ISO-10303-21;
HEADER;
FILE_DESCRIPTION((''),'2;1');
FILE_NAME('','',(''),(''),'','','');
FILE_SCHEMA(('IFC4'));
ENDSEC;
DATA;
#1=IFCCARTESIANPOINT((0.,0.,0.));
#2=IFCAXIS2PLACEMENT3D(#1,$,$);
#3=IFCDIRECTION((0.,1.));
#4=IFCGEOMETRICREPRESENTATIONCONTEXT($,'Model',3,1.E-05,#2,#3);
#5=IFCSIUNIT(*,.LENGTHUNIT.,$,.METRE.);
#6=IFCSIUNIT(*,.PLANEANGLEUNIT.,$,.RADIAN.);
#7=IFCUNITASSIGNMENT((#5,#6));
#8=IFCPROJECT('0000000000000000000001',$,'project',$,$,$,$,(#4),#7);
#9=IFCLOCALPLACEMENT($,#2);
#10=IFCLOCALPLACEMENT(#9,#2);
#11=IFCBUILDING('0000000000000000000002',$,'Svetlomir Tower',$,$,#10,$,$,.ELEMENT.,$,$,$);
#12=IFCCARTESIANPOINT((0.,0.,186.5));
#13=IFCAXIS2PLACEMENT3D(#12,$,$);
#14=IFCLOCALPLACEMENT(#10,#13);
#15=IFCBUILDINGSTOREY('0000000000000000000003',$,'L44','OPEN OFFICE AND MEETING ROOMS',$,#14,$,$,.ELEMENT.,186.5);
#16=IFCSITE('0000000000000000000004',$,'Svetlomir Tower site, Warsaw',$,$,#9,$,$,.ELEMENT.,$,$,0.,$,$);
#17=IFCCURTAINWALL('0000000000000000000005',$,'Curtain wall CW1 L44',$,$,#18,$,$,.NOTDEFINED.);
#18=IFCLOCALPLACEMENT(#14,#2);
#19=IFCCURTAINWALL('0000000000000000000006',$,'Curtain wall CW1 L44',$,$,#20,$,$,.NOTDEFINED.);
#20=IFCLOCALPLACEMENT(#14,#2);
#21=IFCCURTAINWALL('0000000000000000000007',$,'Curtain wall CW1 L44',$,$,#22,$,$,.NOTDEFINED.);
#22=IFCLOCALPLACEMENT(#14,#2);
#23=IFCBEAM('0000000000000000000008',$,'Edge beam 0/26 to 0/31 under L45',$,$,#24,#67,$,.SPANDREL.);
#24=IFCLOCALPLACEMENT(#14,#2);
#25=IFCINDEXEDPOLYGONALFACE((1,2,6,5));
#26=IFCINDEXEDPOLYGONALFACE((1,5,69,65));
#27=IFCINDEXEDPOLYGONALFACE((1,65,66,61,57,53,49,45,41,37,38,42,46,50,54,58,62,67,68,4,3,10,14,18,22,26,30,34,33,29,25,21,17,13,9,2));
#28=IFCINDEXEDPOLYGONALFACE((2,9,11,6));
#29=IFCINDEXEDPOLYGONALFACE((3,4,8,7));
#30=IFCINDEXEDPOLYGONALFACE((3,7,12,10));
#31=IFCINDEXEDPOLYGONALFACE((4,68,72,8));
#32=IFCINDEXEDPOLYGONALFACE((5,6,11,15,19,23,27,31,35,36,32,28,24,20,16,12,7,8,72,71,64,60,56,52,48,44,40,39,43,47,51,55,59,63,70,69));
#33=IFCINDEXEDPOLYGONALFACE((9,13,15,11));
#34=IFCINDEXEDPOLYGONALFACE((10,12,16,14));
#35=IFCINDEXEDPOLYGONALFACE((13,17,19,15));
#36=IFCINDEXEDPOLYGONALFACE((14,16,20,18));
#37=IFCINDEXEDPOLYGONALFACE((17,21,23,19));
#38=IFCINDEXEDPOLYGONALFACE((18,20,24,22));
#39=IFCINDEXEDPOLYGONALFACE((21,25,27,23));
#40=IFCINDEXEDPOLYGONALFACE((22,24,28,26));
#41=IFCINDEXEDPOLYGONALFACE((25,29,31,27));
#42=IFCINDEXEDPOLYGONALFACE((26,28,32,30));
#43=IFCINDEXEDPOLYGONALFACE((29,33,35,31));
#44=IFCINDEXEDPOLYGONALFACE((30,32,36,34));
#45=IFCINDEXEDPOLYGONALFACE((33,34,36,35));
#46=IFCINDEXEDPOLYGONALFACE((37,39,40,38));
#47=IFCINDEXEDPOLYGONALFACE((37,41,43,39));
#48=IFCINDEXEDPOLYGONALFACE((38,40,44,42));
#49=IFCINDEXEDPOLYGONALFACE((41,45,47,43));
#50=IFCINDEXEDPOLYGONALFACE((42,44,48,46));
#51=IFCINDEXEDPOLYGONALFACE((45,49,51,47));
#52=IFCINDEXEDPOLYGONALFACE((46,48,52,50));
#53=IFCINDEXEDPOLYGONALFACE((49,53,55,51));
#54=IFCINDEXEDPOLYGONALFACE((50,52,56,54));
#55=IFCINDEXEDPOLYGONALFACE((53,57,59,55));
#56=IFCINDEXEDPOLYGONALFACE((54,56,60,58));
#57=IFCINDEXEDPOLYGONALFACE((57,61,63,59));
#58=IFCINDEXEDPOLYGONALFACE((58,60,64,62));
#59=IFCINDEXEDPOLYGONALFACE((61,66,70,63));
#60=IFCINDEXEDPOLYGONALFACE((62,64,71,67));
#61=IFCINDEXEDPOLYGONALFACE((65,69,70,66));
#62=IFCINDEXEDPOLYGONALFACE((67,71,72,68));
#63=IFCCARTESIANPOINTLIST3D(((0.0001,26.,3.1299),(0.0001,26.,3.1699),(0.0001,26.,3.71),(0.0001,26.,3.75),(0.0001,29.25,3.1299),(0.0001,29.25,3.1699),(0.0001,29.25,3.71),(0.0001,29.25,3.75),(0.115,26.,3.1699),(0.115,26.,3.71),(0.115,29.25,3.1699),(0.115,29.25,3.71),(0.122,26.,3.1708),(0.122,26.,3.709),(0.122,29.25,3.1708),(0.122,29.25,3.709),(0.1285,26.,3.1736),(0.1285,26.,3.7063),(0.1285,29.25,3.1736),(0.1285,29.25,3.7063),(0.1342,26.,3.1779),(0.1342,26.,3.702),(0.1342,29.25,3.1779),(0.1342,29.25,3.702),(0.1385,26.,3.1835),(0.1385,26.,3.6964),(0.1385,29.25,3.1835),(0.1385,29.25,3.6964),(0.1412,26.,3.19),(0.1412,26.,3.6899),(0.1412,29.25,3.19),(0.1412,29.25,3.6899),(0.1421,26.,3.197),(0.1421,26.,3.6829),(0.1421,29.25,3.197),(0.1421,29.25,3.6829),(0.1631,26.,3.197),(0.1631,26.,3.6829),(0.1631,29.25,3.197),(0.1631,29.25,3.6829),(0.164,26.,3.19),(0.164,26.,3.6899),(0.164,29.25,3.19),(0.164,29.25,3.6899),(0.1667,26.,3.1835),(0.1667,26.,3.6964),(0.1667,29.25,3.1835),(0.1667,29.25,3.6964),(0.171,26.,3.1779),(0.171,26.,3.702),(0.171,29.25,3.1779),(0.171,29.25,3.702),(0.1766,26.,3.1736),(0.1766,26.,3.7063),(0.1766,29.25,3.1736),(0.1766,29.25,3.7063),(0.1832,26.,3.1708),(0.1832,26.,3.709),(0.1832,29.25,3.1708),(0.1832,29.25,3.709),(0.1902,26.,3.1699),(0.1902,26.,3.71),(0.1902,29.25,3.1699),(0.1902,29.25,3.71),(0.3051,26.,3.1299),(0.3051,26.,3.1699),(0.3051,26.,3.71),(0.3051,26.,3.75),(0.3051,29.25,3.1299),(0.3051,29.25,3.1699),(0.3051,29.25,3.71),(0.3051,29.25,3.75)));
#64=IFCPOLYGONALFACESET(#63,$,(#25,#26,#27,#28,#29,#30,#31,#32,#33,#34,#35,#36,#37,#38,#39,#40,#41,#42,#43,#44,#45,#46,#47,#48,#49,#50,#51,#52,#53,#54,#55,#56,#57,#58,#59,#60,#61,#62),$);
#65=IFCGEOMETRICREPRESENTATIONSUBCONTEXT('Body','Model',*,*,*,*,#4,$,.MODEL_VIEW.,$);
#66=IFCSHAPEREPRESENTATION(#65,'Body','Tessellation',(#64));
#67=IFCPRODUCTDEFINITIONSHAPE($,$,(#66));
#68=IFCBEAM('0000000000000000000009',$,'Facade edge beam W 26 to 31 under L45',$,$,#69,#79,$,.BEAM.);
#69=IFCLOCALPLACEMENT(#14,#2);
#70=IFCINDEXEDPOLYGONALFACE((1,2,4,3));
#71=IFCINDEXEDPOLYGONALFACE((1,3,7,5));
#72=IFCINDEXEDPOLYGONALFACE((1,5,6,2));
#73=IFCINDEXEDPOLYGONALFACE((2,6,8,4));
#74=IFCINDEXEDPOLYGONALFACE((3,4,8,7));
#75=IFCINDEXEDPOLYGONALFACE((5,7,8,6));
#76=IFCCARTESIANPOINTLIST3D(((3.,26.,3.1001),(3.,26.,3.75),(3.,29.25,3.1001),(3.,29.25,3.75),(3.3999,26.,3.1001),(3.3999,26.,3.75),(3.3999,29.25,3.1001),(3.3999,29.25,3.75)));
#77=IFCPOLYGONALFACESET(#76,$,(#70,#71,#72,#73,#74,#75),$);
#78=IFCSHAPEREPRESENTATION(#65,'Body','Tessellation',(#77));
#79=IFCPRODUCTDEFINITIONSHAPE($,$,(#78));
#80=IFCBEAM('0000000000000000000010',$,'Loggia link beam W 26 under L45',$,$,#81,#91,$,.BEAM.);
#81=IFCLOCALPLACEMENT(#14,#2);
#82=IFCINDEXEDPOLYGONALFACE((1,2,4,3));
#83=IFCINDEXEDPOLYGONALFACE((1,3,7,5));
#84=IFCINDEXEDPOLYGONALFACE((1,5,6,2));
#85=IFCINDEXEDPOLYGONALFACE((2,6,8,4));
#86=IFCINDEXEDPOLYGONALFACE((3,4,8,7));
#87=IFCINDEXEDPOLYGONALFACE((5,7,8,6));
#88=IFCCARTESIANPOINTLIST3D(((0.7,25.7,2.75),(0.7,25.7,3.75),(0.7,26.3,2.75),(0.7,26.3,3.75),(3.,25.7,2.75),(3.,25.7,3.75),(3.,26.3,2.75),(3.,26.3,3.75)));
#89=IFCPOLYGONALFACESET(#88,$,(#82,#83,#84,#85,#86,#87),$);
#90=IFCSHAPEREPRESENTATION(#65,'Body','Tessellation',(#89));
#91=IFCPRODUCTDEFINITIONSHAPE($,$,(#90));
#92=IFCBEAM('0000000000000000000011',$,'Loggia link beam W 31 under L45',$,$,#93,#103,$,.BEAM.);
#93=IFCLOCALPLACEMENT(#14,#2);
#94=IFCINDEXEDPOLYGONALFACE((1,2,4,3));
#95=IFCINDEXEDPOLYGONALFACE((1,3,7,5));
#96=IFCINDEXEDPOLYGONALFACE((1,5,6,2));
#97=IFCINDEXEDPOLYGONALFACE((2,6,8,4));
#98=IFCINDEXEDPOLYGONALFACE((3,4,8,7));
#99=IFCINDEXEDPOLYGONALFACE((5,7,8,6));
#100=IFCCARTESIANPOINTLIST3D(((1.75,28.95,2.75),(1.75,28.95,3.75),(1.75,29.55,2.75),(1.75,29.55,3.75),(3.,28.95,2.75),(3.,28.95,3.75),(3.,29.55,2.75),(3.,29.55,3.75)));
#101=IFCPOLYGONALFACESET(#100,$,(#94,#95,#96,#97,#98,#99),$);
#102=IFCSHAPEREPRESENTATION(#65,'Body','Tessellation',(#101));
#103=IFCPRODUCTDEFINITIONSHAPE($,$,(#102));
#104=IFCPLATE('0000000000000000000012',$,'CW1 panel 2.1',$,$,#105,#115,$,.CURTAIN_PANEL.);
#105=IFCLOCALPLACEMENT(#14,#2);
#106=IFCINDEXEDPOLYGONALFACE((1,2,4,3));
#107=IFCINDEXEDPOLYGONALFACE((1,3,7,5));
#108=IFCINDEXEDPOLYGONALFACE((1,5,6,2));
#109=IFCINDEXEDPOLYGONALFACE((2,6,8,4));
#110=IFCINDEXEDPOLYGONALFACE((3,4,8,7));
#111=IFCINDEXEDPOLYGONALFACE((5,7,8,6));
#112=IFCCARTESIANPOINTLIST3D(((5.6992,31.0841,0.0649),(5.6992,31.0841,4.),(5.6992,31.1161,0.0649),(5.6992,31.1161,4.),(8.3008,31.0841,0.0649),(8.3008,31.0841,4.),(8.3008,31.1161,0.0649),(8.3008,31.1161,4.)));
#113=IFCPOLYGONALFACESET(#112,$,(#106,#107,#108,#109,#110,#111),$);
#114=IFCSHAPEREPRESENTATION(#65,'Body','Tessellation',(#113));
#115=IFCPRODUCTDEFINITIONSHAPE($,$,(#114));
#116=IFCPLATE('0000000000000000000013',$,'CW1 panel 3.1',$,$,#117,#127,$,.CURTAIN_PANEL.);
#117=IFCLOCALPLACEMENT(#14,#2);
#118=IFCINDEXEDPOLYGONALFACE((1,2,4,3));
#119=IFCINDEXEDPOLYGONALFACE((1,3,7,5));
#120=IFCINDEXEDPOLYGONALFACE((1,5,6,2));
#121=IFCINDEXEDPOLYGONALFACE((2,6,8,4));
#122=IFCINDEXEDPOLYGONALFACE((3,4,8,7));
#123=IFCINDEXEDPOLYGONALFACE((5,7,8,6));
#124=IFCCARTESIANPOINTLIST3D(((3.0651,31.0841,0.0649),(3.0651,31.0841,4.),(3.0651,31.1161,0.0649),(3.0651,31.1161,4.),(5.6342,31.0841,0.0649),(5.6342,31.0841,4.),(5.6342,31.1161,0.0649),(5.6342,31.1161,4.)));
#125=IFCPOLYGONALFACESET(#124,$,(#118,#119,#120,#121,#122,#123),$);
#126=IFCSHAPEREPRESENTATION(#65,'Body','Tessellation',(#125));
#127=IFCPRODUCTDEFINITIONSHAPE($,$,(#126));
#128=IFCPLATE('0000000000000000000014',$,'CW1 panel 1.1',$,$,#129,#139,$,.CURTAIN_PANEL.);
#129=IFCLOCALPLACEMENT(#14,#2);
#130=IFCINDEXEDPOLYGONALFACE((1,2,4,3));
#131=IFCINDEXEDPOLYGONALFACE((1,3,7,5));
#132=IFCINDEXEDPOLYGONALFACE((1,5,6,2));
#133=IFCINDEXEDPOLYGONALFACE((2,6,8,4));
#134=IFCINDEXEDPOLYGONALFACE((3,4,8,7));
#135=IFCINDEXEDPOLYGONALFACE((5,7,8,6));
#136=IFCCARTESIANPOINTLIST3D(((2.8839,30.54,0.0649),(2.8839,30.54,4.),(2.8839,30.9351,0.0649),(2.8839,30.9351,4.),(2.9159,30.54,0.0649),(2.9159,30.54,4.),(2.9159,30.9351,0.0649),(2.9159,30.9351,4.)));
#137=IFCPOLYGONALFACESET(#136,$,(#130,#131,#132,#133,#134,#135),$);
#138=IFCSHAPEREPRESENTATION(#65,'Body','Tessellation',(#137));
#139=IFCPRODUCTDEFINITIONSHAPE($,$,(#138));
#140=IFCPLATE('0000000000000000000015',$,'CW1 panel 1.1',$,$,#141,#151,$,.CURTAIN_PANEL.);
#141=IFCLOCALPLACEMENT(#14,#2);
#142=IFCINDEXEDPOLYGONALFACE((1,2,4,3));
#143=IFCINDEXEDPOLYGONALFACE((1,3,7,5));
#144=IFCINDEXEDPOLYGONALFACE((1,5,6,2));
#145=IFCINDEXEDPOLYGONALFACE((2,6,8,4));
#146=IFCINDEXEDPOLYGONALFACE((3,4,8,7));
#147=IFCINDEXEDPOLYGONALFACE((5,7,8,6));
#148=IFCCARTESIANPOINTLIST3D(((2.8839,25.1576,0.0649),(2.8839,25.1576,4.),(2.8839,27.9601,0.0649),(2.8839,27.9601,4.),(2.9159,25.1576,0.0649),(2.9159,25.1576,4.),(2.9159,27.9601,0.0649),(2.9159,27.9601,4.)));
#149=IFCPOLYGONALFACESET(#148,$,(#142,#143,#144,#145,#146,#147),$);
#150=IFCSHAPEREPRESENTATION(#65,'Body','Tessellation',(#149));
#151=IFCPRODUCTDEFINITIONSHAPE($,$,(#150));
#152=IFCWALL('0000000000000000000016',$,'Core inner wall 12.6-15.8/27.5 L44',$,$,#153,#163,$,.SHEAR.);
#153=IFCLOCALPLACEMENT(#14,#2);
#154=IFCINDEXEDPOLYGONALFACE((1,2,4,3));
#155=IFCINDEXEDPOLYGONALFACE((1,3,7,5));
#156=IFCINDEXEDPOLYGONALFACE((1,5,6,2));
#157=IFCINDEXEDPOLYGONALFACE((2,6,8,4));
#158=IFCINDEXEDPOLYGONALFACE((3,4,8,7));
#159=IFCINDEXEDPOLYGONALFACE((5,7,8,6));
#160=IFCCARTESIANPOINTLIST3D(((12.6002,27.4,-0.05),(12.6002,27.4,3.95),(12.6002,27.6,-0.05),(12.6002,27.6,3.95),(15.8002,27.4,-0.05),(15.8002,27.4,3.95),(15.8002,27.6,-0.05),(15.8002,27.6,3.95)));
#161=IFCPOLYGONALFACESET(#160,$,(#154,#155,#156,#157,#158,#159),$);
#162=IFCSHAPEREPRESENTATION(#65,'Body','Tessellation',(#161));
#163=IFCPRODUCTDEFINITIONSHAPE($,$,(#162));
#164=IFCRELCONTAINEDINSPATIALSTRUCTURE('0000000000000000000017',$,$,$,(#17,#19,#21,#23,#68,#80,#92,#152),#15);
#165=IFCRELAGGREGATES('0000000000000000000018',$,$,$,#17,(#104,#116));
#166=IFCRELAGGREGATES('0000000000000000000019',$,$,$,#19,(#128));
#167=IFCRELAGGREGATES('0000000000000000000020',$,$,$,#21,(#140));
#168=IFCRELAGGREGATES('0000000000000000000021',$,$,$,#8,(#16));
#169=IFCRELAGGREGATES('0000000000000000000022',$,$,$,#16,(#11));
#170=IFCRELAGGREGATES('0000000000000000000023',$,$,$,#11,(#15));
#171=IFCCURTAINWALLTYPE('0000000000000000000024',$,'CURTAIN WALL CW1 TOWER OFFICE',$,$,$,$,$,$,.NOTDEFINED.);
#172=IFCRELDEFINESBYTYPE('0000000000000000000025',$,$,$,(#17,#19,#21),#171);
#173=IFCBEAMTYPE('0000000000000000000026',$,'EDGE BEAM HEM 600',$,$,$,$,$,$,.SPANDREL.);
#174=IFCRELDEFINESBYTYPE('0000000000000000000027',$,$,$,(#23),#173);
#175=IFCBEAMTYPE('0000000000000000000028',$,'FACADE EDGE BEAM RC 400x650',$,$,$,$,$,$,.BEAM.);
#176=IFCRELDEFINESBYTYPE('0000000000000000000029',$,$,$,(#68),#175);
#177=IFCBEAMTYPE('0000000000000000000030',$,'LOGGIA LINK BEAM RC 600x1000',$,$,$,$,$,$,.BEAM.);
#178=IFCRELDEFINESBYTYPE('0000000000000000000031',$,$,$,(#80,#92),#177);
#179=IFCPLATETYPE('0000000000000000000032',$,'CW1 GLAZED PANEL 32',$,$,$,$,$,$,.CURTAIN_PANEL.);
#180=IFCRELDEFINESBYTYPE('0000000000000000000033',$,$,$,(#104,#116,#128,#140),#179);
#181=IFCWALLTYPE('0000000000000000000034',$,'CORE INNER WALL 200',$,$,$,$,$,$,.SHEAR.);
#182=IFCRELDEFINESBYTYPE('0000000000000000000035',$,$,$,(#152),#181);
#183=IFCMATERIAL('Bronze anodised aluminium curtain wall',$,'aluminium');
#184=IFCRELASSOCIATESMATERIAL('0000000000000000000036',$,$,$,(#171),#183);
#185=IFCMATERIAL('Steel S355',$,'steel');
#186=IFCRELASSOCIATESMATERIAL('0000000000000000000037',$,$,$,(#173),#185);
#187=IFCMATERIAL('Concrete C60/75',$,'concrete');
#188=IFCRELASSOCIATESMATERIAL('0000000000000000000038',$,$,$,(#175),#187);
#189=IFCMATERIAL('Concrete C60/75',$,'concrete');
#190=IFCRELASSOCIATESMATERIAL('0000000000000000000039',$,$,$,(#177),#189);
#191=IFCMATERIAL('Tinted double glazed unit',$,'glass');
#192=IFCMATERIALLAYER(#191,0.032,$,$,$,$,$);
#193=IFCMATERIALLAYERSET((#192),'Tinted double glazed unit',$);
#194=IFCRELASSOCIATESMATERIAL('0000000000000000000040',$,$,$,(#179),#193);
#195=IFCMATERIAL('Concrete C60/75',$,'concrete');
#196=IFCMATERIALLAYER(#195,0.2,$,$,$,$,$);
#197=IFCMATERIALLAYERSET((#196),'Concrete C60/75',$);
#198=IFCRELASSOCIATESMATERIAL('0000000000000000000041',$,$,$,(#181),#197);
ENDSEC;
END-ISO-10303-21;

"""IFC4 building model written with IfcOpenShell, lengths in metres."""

from ifc_helpers import new_model, si_unit, direction, frame, frame_2d, origin, origin_2d, place, context, subcontext, project, spatial, rectangle, i_section, extrude, material, layer, layer_set, material_profile, profile_set, type_object, element, aggregate, save


model = new_model("IFC4")

# Units and contexts
model_context = context("Model", 3, precision=1e-05, world=origin(), true_north=direction((0.0, 1.0)))
body_context = subcontext(model_context, "Body", "Model", "MODEL_VIEW")
ifc_project = project(units=[si_unit("LENGTHUNIT", "METRE"), si_unit("PLANEANGLEUNIT", "RADIAN")], contexts=[model_context])

# Site, building, storey
site_placement = place(None, origin())
site = spatial("IfcSite", under=ifc_project, at=site_placement, Name="Svetlomir Tower site, Warsaw", CompositionType="ELEMENT", RefElevation=0.0)
building_placement = place(site_placement, origin())
building = spatial("IfcBuilding", under=site, at=building_placement, Name="Svetlomir Tower", CompositionType="ELEMENT")
storey_placement = place(building_placement, frame((0.0, 0.0, 186.5)))
storey = spatial("IfcBuildingStorey", under=building, at=storey_placement, Name="L44", Description="OPEN OFFICE AND MEETING ROOMS", CompositionType="ELEMENT", Elevation=186.5)

# Shared definitions
ifc_material_1 = material(Name="Bronze anodised aluminium curtain wall", Category="aluminium")
curtain_wall_type = type_object("IfcCurtainWallType", Name="CURTAIN WALL CW1 TOWER OFFICE", PredefinedType="NOTDEFINED", material=ifc_material_1)

# Curtain walls
curtain_wall_1_placement = place(storey_placement, origin())
curtain_wall_1 = element("IfcCurtainWall", 1, at=curtain_wall_1_placement, inside=storey, type_object=curtain_wall_type, Name="Curtain wall CW1 L44", PredefinedType="NOTDEFINED")
curtain_wall_2_placement = place(storey_placement, origin())
curtain_wall_2 = element("IfcCurtainWall", 2, at=curtain_wall_2_placement, inside=storey, type_object=curtain_wall_type, Name="Curtain wall CW1 L44", PredefinedType="NOTDEFINED")

# Curtain wall
curtain_wall_3_placement = place(storey_placement, origin())
curtain_wall_3 = element("IfcCurtainWall", 3, at=curtain_wall_3_placement, inside=storey, type_object=curtain_wall_type, Name="Curtain wall CW1 L44", PredefinedType="NOTDEFINED")

# Beams
ifc_material_2 = material(Name="Steel S355", Category="steel")
ifc_material_profile_1 = material_profile(ifc_material_2, i_section(OverallWidth=0.3049, OverallDepth=0.6201, WebThickness=0.021, FlangeThickness=0.04, FilletRadius=0.0271, at=origin_2d()), Name="HEM 600")
ifc_profile_set_1 = profile_set([ifc_material_profile_1], Name="Steel S355")
beam_type_1 = type_object("IfcBeamType", Name="EDGE BEAM HEM 600", PredefinedType="SPANDREL", material=ifc_profile_set_1)
beam_1_placement = place(storey_placement, frame((0.1526, 26.0, 3.4399), z_axis=(0.0, 1.0, 0.0), x_axis=(-1.0, 0.0, 0.0)))
element("IfcBeam", 4, at=beam_1_placement, inside=storey, type_object=beam_type_1, Name="Edge beam 0/26 to 0/31 under L45", PredefinedType="SPANDREL", context=body_context, shape_type="SweptSolid", body=[
    extrude(i_section(OverallWidth=0.3049, OverallDepth=0.6201, WebThickness=0.021, FlangeThickness=0.04, FilletRadius=0.0271, at=origin_2d()), origin(), (0.0, 0.0, 1.0), 3.25),
])
ifc_material_3 = material(Name="Concrete C60/75", Category="concrete")
ifc_material_profile_2 = material_profile(ifc_material_3, rectangle(XDim=0.3999, YDim=0.6499, at=origin_2d()), Name="RC 400x650")
ifc_profile_set_2 = profile_set([ifc_material_profile_2], Name="Concrete C60/75")
beam_type_2 = type_object("IfcBeamType", Name="FACADE EDGE BEAM RC 400x650", PredefinedType="BEAM", material=ifc_profile_set_2)
beam_2_placement = place(storey_placement, frame((3.2, 26.0, 3.425), z_axis=(0.0, 1.0, 0.0), x_axis=(-1.0, 0.0, 0.0)))
element("IfcBeam", 5, at=beam_2_placement, inside=storey, type_object=beam_type_2, Name="Facade edge beam W 26 to 31 under L45", PredefinedType="BEAM", context=body_context, shape_type="SweptSolid", body=[
    extrude(rectangle(XDim=0.3999, YDim=0.6499, at=origin_2d()), origin(), (0.0, 0.0, 1.0), 3.25),
])
ifc_material_4 = material(Name="Concrete C60/75", Category="concrete")
ifc_material_profile_3 = material_profile(ifc_material_4, rectangle(XDim=0.6001, YDim=1.0, at=origin_2d()), Name="RC 600x1000")
ifc_profile_set_3 = profile_set([ifc_material_profile_3], Name="Concrete C60/75")
beam_type_3 = type_object("IfcBeamType", Name="LOGGIA LINK BEAM RC 600x1000", PredefinedType="BEAM", material=ifc_profile_set_3)
beam_3_placement = place(storey_placement, frame((0.7, 26.0, 3.25), z_axis=(1.0, 0.0, 0.0), x_axis=(0.0, 1.0, 0.0)))
element("IfcBeam", 6, at=beam_3_placement, inside=storey, type_object=beam_type_3, Name="Loggia link beam W 26 under L45", PredefinedType="BEAM", context=body_context, shape_type="SweptSolid", body=[
    extrude(rectangle(XDim=0.6001, YDim=1.0, at=origin_2d()), origin(), (0.0, 0.0, 1.0), 2.3),
])
beam_4_placement = place(storey_placement, frame((1.75, 29.25, 3.25), z_axis=(1.0, 0.0, 0.0), x_axis=(0.0, 1.0, 0.0)))
element("IfcBeam", 7, at=beam_4_placement, inside=storey, type_object=beam_type_3, Name="Loggia link beam W 31 under L45", PredefinedType="BEAM", context=body_context, shape_type="SweptSolid", body=[
    extrude(rectangle(XDim=0.6001, YDim=1.0, at=origin_2d()), origin(), (0.0, 0.0, 1.0), 1.25),
])

# Plates
ifc_material_5 = material(Name="Tinted double glazed unit", Category="glass")
ifc_layer_1 = layer(ifc_material_5, 0.032)
ifc_layer_set_1 = layer_set([ifc_layer_1], Name="Tinted double glazed unit")
plate_type = type_object("IfcPlateType", Name="CW1 GLAZED PANEL 32", PredefinedType="CURTAIN_PANEL", material=ifc_layer_set_1)
plate_1_placement = place(storey_placement, frame((7.0, 31.1001, 0.0649), z_axis=(0.0, 0.0, 1.0), x_axis=(-1.0, 0.0, 0.0)))
plate_1 = element("IfcPlate", 8, at=plate_1_placement, type_object=plate_type, Name="CW1 panel 2.1", PredefinedType="CURTAIN_PANEL", context=body_context, shape_type="SweptSolid", body=[
    extrude(rectangle(XDim=2.6016, YDim=0.032, at=origin_2d()), origin(), (0.0, 0.0, 1.0), 3.9351),
])
plate_2_placement = place(storey_placement, frame((4.3496, 31.1001, 0.0649), z_axis=(0.0, 0.0, 1.0), x_axis=(-1.0, 0.0, 0.0)))
plate_2 = element("IfcPlate", 9, at=plate_2_placement, type_object=plate_type, Name="CW1 panel 3.1", PredefinedType="CURTAIN_PANEL", context=body_context, shape_type="SweptSolid", body=[
    extrude(rectangle(XDim=2.5691, YDim=0.032, at=origin_2d()), origin(), (0.0, 0.0, 1.0), 3.9351),
])
aggregate(curtain_wall_1, [plate_1, plate_2])
plate_3_placement = place(storey_placement, frame((2.8999, 30.7375, 0.0649), z_axis=(0.0, 0.0, 1.0), x_axis=(0.0, -1.0, 0.0)))
plate_3 = element("IfcPlate", 10, at=plate_3_placement, type_object=plate_type, Name="CW1 panel 1.1", PredefinedType="CURTAIN_PANEL", context=body_context, shape_type="SweptSolid", body=[
    extrude(rectangle(XDim=0.395, YDim=0.032, at=origin_2d()), origin(), (0.0, 0.0, 1.0), 3.9351),
])
aggregate(curtain_wall_2, [plate_3])
plate_4_placement = place(storey_placement, frame((2.8999, 26.5588, 0.0649), z_axis=(0.0, 0.0, 1.0), x_axis=(0.0, -1.0, 0.0)))
plate_4 = element("IfcPlate", 11, at=plate_4_placement, type_object=plate_type, Name="CW1 panel 1.1", PredefinedType="CURTAIN_PANEL", context=body_context, shape_type="SweptSolid", body=[
    extrude(rectangle(XDim=2.8025, YDim=0.032, at=origin_2d()), origin(), (0.0, 0.0, 1.0), 3.9351),
])
aggregate(curtain_wall_3, [plate_4])

# Wall
ifc_material_6 = material(Name="Concrete C60/75", Category="concrete")
ifc_layer_2 = layer(ifc_material_6, 0.2)
ifc_layer_set_2 = layer_set([ifc_layer_2], Name="Concrete C60/75")
wall_type_1 = type_object("IfcWallType", Name="CORE INNER WALL 200", PredefinedType="SHEAR", material=ifc_layer_set_2)
wall_1_placement = place(storey_placement, frame((12.6001, 27.5, -0.05), z_axis=(0.0, 0.0, 1.0), x_axis=(1.0, 0.0, 0.0)))
element("IfcWall", 12, at=wall_1_placement, inside=storey, type_object=wall_type_1, Name="Core inner wall 12.6-15.8/27.5 L44", PredefinedType="SHEAR", context=body_context, shape_type="SweptSolid", body=[
    extrude(rectangle(XDim=3.2, YDim=0.2, at=frame_2d((1.6001, 0.0))), origin(), (0.0, 0.0, 1.0), 4.0),
])

save(model, "model.ifc")
